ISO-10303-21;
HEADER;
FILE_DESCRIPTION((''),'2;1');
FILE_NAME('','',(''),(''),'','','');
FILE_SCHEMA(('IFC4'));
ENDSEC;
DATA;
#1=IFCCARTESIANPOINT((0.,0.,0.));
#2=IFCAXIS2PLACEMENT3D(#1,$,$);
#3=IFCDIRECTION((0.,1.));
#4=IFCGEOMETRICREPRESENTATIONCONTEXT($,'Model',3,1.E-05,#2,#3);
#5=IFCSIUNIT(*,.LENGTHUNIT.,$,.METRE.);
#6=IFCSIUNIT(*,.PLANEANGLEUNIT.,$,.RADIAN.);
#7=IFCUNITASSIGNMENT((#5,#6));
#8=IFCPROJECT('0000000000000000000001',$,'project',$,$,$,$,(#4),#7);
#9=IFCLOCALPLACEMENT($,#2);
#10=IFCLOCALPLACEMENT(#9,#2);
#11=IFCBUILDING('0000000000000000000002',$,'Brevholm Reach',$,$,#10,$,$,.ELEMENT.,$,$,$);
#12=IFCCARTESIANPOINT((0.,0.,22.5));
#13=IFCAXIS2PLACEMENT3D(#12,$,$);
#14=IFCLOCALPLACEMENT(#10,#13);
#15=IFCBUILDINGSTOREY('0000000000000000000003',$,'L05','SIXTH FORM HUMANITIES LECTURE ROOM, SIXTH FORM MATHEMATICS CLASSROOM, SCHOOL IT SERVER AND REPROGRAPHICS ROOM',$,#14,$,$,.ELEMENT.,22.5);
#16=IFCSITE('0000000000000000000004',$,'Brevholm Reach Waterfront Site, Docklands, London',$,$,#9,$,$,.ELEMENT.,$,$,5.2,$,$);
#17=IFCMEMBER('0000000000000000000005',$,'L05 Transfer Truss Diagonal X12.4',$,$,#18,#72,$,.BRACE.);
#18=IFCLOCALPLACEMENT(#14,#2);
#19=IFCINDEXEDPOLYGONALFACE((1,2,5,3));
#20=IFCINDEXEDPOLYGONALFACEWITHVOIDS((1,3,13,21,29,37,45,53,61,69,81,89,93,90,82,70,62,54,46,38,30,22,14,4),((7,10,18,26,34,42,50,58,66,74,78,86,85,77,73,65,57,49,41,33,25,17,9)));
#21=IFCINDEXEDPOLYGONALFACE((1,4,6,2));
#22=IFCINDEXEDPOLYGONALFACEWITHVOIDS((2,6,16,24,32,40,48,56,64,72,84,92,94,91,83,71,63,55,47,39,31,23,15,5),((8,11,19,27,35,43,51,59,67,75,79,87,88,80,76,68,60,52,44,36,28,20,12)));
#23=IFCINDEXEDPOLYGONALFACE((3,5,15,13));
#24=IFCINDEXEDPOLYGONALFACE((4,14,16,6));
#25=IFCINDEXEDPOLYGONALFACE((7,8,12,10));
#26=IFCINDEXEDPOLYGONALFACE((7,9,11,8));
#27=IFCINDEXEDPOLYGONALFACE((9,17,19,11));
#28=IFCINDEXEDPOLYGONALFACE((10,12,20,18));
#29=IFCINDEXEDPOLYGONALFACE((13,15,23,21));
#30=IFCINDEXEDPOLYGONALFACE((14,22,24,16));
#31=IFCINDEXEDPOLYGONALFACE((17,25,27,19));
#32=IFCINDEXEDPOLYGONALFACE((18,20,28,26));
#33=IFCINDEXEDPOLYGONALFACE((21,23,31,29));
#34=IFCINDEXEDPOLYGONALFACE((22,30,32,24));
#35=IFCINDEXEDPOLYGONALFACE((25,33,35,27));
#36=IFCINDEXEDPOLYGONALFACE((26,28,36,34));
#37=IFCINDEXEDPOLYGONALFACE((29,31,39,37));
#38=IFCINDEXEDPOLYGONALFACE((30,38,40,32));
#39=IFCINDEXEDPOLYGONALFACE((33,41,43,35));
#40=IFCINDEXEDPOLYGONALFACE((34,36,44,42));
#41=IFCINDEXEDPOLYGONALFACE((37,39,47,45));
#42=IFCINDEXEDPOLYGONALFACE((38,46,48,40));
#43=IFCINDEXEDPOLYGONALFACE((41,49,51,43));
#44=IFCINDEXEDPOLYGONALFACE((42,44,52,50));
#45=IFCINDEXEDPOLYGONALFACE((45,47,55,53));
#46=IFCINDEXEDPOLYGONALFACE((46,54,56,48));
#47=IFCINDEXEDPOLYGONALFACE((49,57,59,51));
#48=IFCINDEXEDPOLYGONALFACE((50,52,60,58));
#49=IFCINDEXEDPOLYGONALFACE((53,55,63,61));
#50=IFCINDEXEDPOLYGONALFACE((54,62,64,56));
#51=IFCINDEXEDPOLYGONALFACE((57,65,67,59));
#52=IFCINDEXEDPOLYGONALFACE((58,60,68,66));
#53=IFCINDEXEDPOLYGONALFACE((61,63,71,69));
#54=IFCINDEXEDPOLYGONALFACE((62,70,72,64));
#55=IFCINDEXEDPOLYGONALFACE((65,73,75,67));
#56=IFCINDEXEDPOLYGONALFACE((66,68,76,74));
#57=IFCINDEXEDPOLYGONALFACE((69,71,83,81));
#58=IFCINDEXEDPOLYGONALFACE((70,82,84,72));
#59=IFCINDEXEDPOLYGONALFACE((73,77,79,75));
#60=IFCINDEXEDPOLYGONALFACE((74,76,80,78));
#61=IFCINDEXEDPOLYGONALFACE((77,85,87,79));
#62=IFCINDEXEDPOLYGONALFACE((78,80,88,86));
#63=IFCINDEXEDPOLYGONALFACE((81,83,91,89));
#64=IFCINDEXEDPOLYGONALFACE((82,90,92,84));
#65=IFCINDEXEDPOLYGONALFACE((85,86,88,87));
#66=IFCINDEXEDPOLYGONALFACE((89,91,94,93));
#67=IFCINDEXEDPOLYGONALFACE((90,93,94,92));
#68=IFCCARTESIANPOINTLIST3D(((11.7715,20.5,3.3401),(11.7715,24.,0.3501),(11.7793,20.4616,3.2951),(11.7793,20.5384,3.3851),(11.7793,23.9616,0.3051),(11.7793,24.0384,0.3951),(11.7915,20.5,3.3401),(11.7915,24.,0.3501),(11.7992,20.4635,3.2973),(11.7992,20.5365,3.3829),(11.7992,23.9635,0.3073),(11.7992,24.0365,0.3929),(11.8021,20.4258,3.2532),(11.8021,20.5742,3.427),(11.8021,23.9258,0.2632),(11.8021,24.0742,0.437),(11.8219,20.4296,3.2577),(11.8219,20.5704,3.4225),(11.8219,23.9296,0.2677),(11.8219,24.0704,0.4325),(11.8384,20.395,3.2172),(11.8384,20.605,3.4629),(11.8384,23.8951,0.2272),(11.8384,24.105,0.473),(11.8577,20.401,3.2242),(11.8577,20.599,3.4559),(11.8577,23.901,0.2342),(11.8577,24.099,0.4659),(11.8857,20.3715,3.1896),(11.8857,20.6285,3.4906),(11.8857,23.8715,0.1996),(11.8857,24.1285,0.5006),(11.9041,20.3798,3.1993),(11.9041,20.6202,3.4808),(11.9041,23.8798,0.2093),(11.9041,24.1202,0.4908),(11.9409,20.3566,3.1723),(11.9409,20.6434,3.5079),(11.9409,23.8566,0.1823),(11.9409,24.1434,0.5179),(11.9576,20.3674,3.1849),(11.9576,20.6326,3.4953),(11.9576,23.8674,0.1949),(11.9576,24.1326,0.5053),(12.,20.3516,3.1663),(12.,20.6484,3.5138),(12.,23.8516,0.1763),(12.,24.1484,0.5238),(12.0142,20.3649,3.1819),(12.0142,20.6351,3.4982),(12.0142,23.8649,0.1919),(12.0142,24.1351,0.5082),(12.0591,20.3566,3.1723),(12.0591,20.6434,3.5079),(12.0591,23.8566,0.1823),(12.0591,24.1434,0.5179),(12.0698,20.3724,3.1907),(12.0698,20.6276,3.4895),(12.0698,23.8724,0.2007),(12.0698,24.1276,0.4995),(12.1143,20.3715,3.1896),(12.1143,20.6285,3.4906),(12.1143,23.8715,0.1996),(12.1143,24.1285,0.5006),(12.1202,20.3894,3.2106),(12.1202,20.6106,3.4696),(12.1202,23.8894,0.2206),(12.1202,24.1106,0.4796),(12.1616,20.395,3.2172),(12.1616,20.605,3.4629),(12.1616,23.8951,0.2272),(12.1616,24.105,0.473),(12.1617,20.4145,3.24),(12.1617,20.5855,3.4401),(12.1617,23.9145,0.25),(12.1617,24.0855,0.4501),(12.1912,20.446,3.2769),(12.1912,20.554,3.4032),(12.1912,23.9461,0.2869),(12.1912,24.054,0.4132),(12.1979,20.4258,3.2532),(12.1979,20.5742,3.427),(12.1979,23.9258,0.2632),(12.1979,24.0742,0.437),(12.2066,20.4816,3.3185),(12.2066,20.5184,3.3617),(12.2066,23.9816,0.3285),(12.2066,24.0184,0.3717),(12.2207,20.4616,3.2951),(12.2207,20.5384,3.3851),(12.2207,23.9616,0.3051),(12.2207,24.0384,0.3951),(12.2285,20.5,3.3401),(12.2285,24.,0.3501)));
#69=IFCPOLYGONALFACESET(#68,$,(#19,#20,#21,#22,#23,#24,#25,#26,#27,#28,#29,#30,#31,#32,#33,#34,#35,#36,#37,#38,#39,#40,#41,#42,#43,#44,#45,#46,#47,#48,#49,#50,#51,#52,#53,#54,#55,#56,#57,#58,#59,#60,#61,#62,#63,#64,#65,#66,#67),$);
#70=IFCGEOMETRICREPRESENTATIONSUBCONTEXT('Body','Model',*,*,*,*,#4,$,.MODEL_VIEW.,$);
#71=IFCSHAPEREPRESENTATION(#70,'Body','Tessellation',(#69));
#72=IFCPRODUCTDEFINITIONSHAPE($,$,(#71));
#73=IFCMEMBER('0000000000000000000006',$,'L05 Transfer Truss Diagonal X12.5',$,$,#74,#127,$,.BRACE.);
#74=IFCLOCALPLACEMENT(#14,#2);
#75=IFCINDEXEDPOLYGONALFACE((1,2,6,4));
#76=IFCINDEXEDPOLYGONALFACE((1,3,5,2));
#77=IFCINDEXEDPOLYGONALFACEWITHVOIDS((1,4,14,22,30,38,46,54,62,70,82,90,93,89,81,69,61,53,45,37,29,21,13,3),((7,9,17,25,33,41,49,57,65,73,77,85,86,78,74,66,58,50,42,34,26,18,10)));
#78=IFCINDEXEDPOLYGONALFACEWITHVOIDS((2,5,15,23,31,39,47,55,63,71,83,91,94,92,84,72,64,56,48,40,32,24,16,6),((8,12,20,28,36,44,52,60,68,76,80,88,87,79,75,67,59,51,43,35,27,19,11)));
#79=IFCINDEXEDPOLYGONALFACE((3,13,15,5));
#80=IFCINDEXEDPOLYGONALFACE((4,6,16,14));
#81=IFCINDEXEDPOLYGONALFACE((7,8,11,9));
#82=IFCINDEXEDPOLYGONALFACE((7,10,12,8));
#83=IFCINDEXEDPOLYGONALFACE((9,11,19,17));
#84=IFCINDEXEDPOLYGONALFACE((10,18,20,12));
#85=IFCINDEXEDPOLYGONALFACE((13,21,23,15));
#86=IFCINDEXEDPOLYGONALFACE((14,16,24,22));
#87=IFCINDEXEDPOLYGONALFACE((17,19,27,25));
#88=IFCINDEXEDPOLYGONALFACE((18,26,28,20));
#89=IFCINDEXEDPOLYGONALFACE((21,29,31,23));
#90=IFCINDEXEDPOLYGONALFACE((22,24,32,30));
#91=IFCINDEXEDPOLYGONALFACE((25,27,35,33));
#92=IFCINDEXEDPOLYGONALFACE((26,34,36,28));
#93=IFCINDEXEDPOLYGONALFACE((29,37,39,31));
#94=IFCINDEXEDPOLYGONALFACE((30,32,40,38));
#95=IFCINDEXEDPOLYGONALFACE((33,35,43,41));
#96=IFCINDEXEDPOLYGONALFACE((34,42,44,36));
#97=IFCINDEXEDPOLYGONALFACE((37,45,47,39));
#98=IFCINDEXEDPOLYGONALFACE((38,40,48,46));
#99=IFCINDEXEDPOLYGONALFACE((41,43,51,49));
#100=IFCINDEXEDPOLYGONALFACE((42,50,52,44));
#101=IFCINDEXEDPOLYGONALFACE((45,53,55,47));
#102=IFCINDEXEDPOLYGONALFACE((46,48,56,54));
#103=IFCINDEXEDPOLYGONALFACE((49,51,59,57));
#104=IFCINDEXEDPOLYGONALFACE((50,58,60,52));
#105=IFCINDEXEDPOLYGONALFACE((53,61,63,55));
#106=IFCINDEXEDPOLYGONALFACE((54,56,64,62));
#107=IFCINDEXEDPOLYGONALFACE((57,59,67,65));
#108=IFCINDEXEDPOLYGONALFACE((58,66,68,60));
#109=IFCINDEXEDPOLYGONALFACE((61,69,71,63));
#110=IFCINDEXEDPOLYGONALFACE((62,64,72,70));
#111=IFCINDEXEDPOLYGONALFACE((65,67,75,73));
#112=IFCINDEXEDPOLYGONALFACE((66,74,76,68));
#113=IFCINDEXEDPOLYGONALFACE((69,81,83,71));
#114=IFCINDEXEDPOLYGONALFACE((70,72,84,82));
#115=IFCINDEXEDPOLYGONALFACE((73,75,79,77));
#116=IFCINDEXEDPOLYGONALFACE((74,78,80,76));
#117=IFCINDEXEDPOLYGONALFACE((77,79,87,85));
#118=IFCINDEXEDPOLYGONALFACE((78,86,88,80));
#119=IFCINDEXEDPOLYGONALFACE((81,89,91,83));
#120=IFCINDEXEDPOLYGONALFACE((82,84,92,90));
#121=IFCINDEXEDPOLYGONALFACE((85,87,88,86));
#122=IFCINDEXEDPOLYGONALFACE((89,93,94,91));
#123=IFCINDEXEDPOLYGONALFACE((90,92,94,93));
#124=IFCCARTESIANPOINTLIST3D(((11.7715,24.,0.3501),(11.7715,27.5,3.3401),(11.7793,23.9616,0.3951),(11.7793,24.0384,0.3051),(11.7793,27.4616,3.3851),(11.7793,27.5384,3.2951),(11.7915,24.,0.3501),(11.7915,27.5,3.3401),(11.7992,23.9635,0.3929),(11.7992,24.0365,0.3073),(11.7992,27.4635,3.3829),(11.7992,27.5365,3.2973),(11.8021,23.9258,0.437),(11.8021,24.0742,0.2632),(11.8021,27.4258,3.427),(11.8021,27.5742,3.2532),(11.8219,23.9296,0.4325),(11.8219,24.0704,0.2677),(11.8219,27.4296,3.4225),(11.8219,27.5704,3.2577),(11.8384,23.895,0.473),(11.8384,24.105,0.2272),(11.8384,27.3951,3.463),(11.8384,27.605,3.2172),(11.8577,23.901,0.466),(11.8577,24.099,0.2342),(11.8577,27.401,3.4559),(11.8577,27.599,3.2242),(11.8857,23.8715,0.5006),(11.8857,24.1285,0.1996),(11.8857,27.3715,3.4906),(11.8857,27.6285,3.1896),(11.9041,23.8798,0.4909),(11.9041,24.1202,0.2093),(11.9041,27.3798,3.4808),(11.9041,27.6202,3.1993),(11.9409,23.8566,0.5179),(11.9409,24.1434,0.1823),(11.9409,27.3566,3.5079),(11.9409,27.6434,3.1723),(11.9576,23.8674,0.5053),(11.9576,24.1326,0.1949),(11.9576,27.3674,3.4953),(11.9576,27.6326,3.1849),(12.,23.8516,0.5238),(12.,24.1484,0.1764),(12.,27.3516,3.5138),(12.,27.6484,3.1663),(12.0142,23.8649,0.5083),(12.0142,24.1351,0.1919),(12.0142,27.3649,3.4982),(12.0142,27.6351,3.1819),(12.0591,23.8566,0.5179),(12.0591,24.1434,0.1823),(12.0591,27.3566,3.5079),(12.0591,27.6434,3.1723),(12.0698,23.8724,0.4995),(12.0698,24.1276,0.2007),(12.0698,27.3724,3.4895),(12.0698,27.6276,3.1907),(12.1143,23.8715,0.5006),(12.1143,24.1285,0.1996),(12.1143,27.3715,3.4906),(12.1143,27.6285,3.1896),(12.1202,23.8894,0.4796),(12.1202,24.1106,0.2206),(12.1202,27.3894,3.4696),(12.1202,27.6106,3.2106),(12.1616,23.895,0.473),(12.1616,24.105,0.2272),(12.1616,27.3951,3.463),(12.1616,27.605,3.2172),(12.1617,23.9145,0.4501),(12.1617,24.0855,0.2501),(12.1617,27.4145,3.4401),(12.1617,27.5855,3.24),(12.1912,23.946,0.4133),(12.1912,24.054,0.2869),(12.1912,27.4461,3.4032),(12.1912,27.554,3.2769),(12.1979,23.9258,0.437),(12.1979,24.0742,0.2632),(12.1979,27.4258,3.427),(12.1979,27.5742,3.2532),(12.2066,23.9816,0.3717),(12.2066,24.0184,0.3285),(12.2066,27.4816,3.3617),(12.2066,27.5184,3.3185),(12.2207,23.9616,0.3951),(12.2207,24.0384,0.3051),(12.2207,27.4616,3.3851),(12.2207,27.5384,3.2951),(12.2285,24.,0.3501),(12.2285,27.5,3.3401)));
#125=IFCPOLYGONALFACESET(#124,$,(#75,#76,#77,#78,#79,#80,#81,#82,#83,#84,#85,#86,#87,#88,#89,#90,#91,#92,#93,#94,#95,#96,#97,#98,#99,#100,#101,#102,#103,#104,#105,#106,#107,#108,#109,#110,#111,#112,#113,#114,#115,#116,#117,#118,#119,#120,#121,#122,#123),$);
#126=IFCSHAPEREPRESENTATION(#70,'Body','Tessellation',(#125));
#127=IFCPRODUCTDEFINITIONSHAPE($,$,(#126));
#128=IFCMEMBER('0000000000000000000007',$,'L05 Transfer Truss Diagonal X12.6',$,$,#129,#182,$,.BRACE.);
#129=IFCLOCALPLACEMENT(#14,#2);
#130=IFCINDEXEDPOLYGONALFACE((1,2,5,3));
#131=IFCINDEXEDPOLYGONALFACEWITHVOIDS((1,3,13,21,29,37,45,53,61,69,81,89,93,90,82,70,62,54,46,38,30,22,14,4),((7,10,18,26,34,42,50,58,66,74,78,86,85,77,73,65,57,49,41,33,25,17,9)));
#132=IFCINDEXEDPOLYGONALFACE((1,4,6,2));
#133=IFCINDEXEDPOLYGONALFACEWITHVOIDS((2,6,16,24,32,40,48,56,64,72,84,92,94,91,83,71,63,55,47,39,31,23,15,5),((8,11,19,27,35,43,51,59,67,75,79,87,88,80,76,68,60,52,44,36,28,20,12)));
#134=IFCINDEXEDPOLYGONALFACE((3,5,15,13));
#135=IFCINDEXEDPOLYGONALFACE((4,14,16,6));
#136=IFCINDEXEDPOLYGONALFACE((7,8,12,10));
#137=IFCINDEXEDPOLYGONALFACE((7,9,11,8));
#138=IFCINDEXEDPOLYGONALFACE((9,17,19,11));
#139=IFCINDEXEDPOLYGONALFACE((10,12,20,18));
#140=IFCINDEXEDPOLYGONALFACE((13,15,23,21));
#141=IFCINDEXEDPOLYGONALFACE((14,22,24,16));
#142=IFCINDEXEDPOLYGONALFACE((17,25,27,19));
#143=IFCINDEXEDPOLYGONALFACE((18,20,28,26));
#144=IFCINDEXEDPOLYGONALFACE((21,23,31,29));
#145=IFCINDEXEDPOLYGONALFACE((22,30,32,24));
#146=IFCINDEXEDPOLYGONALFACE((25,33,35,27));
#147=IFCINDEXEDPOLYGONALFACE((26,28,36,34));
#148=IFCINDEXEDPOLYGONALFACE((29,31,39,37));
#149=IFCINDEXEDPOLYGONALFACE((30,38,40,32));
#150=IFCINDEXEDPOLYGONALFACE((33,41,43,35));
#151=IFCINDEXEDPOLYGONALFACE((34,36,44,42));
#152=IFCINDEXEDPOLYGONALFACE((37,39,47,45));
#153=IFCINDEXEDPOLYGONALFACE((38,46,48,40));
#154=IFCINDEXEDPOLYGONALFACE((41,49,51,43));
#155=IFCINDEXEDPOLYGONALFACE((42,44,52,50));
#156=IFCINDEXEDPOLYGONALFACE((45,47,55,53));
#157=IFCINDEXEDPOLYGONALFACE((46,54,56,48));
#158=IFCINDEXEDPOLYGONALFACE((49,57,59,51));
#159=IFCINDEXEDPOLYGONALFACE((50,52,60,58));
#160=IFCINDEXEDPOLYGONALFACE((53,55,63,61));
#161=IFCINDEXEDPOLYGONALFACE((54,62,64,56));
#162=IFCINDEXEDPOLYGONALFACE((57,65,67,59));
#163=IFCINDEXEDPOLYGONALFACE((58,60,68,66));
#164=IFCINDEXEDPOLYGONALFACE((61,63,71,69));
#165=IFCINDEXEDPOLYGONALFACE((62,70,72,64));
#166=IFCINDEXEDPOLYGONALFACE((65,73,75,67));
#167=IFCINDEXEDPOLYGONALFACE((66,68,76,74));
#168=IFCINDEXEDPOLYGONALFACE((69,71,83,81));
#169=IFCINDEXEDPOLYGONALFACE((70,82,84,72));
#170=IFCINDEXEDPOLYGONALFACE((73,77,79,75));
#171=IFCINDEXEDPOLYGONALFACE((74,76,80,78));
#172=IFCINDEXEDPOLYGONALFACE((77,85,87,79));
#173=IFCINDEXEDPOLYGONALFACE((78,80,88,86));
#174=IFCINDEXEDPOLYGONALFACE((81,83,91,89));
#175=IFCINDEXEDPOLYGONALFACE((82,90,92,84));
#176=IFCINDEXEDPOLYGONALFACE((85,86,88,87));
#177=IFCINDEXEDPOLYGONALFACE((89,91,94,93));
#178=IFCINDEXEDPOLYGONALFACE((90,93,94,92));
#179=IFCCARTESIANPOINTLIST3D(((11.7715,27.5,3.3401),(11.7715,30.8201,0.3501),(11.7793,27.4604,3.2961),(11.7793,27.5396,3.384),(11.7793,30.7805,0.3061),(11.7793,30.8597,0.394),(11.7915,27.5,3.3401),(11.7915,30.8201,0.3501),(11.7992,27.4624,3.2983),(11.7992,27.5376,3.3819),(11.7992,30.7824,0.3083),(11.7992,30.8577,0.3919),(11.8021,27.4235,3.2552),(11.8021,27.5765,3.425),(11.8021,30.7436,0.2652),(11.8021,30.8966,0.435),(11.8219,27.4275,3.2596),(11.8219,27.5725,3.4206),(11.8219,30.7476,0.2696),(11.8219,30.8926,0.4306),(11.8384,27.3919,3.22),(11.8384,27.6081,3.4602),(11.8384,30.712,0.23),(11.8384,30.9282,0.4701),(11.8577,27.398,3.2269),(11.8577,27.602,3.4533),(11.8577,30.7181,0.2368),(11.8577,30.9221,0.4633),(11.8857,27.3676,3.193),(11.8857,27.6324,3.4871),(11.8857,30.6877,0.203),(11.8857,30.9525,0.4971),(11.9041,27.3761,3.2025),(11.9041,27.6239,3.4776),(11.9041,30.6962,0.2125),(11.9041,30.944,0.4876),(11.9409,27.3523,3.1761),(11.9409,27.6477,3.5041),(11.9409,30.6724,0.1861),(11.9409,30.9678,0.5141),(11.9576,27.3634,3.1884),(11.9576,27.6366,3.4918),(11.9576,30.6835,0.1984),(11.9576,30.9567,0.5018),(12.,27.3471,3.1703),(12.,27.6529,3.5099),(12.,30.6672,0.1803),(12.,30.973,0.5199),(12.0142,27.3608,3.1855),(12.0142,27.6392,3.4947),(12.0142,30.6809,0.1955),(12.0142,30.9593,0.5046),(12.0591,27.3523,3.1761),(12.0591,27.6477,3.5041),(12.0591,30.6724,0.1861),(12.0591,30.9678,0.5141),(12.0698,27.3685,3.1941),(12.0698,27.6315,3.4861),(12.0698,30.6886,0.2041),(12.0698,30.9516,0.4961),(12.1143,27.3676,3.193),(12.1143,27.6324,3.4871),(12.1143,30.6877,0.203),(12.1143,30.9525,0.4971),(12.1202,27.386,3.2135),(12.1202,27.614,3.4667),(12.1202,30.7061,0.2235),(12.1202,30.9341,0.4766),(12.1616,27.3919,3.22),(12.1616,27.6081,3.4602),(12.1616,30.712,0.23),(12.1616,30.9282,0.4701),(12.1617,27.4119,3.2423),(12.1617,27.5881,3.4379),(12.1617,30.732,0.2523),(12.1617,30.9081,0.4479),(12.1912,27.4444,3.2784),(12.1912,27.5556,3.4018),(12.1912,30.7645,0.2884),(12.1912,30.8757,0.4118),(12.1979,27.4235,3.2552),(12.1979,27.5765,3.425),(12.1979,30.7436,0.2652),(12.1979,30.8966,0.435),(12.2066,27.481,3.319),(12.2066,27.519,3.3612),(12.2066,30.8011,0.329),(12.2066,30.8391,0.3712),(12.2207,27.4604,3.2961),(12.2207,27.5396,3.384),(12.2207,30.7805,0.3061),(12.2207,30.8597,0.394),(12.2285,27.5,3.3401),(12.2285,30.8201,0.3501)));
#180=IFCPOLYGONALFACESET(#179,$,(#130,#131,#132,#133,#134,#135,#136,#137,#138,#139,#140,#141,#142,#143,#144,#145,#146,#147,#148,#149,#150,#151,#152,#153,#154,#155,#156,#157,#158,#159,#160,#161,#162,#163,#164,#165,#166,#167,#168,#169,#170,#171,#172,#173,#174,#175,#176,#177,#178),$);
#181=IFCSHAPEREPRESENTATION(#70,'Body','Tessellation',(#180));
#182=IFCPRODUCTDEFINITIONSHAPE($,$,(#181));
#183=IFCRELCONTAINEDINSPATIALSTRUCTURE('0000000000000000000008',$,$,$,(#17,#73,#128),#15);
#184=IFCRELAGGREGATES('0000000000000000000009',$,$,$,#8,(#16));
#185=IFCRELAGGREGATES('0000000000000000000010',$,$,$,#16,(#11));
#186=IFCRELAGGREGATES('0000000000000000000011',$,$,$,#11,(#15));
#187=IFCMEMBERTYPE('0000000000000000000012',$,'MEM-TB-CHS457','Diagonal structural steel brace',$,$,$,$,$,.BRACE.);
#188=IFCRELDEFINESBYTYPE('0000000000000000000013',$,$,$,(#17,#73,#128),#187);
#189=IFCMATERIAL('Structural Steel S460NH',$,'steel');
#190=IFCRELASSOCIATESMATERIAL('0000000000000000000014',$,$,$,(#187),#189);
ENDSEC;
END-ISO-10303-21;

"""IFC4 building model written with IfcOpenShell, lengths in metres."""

from ifc_helpers import new_model, si_unit, direction, frame, origin, origin_2d, place, context, subcontext, project, spatial, hollow_circle, extrude, material, material_profile, profile_set, type_object, element, save


model = new_model("IFC4")

# Units and contexts
model_context = context("Model", 3, precision=1e-05, world=origin(), true_north=direction((0.0, 1.0)))
body_context = subcontext(model_context, "Body", "Model", "MODEL_VIEW")
ifc_project = project(units=[si_unit("LENGTHUNIT", "METRE"), si_unit("PLANEANGLEUNIT", "RADIAN")], contexts=[model_context])

# Site, building, storey
site_placement = place(None, origin())
site = spatial("IfcSite", under=ifc_project, at=site_placement, Name="Brevholm Reach Waterfront Site, Docklands, London", CompositionType="ELEMENT", RefElevation=5.2)
building_placement = place(site_placement, origin())
building = spatial("IfcBuilding", under=site, at=building_placement, Name="Brevholm Reach", CompositionType="ELEMENT")
storey_placement = place(building_placement, frame((0.0, 0.0, 22.5)))
storey = spatial("IfcBuildingStorey", under=building, at=storey_placement, Name="L05", Description="SIXTH FORM HUMANITIES LECTURE ROOM, SIXTH FORM MATHEMATICS CLASSROOM, SCHOOL IT SERVER AND REPROGRAPHICS ROOM", CompositionType="ELEMENT", Elevation=22.5)

# Members
ifc_material_1 = material(Name="Structural Steel S460NH", Category="steel")
ifc_material_profile_1 = material_profile(ifc_material_1, hollow_circle(Radius=0.2285, WallThickness=0.02, at=origin_2d()), Name="CHS 457x20")
ifc_profile_set_1 = profile_set([ifc_material_profile_1], Name="Structural Steel S460NH")
member_type_1 = type_object("IfcMemberType", Name="MEM-TB-CHS457", Description="Diagonal structural steel brace", PredefinedType="BRACE", material=ifc_profile_set_1)
for number, where, z_axis, x_axis, name in (
    (1, (12.0, 20.5, 3.3401), (0.0, 0.76033, -0.649537), (-1.0, 0.0, 0.0), "L05 Transfer Truss Diagonal X12.4"),
    (2, (12.0, 24.0, 0.3501), (0.0, 0.76033, 0.649537), (-1.0, 0.0, 0.0), "L05 Transfer Truss Diagonal X12.5"),
):
    element("IfcMember", number, at=place(storey_placement, frame(where, z_axis=z_axis, x_axis=x_axis)), inside=storey, type_object=member_type_1, Name=name, PredefinedType="BRACE", context=body_context, shape_type="SweptSolid", body=[
        extrude(hollow_circle(Radius=0.2285, WallThickness=0.02, at=origin_2d()), origin(), (0.0, 0.0, 1.0), 4.6033),
    ])
member_1_placement = place(storey_placement, frame((12.0, 27.5, 3.3401), z_axis=(0.0, 0.743079, -0.669203), x_axis=(-1.0, 0.0, 0.0)))
element("IfcMember", 3, at=member_1_placement, inside=storey, type_object=member_type_1, Name="L05 Transfer Truss Diagonal X12.6", PredefinedType="BRACE", context=body_context, shape_type="SweptSolid", body=[
    extrude(hollow_circle(Radius=0.2285, WallThickness=0.02, at=origin_2d()), origin(), (0.0, 0.0, 1.0), 4.468),
])

save(model, "model.ifc")
